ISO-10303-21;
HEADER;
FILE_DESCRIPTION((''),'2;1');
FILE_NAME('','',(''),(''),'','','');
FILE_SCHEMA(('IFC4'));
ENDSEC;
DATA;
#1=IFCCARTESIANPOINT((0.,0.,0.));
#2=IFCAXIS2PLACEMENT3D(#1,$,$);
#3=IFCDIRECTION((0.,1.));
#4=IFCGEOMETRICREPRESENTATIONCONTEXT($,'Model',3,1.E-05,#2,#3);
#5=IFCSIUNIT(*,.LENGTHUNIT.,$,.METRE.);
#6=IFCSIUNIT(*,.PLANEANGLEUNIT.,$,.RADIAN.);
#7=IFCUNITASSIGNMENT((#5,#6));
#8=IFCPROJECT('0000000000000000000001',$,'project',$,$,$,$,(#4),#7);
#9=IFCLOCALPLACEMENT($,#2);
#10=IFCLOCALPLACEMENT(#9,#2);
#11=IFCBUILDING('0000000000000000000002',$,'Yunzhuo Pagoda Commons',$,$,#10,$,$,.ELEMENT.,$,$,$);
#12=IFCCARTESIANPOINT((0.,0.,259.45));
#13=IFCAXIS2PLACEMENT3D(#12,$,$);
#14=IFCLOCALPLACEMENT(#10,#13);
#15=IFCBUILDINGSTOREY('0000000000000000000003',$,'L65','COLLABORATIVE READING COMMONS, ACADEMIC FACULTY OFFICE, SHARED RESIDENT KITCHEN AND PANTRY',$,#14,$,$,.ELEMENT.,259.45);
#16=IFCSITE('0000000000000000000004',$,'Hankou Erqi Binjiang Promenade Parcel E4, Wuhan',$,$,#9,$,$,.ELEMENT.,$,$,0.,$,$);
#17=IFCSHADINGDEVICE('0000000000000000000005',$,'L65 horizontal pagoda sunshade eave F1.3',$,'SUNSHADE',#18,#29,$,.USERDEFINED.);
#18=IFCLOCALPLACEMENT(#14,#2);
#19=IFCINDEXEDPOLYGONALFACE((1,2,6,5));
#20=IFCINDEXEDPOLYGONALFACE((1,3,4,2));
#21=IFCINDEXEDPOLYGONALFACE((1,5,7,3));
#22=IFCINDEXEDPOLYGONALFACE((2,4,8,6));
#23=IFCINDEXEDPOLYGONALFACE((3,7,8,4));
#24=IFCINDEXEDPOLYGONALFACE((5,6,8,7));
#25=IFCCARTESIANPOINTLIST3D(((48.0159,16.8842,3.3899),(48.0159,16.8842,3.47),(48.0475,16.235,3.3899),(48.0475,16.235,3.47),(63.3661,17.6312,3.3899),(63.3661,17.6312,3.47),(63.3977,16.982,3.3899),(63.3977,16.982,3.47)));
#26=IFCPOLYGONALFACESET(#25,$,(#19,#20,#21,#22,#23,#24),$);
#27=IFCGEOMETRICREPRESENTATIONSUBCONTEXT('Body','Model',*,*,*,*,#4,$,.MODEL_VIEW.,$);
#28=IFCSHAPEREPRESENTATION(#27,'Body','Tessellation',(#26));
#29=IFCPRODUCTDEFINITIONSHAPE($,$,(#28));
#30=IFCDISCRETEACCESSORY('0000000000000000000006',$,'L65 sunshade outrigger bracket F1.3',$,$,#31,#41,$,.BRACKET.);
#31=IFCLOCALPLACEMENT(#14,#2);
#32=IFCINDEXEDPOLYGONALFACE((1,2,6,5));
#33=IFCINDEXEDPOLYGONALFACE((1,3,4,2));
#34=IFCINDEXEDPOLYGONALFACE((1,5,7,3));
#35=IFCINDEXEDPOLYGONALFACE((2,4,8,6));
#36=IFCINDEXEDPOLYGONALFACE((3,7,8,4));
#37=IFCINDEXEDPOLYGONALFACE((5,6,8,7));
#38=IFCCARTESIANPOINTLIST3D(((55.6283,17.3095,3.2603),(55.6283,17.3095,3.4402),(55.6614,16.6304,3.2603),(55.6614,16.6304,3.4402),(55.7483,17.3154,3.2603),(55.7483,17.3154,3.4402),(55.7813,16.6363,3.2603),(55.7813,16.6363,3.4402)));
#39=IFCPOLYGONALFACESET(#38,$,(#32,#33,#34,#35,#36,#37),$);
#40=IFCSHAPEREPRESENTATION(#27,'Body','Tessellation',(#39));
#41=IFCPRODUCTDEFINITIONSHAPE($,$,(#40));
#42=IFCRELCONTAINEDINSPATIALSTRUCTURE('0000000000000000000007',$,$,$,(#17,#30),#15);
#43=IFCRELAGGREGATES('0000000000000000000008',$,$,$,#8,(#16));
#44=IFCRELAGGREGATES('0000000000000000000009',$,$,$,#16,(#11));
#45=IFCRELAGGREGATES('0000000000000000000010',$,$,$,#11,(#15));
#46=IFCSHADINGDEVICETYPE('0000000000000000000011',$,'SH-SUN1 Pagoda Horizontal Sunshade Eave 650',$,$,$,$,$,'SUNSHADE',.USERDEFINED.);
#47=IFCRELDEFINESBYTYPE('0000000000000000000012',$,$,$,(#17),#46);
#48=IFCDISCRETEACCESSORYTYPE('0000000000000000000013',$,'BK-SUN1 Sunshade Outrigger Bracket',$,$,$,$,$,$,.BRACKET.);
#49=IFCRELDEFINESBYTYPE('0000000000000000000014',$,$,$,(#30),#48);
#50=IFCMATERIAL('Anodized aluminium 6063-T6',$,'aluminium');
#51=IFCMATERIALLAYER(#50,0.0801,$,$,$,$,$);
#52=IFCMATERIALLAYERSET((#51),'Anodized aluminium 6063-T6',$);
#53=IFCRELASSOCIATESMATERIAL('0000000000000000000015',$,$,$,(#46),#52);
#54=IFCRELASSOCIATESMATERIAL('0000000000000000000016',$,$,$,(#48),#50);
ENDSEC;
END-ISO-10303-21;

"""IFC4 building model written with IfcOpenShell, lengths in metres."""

from ifc_helpers import new_model, si_unit, direction, frame, origin, origin_2d, place, context, subcontext, project, spatial, rectangle, extrude, source, transform, mapped, material, layer, layer_set, type_object, element, save


model = new_model("IFC4")

# Units and contexts
model_context = context("Model", 3, precision=1e-05, world=origin(), true_north=direction((0.0, 1.0)))
body_context = subcontext(model_context, "Body", "Model", "MODEL_VIEW")
ifc_project = project(units=[si_unit("LENGTHUNIT", "METRE"), si_unit("PLANEANGLEUNIT", "RADIAN")], contexts=[model_context])

# Site, building, storey
site_placement = place(None, origin())
site = spatial("IfcSite", under=ifc_project, at=site_placement, Name="Hankou Erqi Binjiang Promenade Parcel E4, Wuhan", CompositionType="ELEMENT", RefElevation=0.0)
building_placement = place(site_placement, origin())
building = spatial("IfcBuilding", under=site, at=building_placement, Name="Yunzhuo Pagoda Commons", CompositionType="ELEMENT")
storey_placement = place(building_placement, frame((0.0, 0.0, 259.45)))
storey = spatial("IfcBuildingStorey", under=building, at=storey_placement, Name="L65", Description="COLLABORATIVE READING COMMONS, ACADEMIC FACULTY OFFICE, SHARED RESIDENT KITCHEN AND PANTRY", CompositionType="ELEMENT", Elevation=259.45)

# Shared definitions
ifc_material_1 = material(Name="Anodized aluminium 6063-T6", Category="aluminium")

# Shading device
ifc_layer_1 = layer(ifc_material_1, 0.0801)
ifc_layer_set_1 = layer_set([ifc_layer_1], Name="Anodized aluminium 6063-T6")
shading_device_type = type_object("IfcShadingDeviceType", Name="SH-SUN1 Pagoda Horizontal Sunshade Eave 650", ElementType="SUNSHADE", PredefinedType="USERDEFINED", material=ifc_layer_set_1)
shared_shape_1 = source(origin(), body_context, "Body", "SweptSolid", [
    extrude(rectangle(XDim=15.3684, YDim=0.6499, at=origin_2d()), origin(), (0.0, 0.0, 1.0), 0.0801),
])
shading_device_placement = place(storey_placement, frame((55.7068, 16.9331, 3.3899), z_axis=(0.0, 0.0, 1.0), x_axis=(0.998818, 0.048606, 0.0)))
element("IfcShadingDevice", 1, at=shading_device_placement, inside=storey, type_object=shading_device_type, Name="L65 horizontal pagoda sunshade eave F1.3", ObjectType="SUNSHADE", PredefinedType="USERDEFINED", context=body_context, shape_type="MappedRepresentation", body=[
    mapped(shared_shape_1, transform((0.0, 0.0, 0.0), scale=1.0)),
])

# Discrete accessory
discrete_accessory_type = type_object("IfcDiscreteAccessoryType", Name="BK-SUN1 Sunshade Outrigger Bracket", PredefinedType="BRACKET", material=ifc_material_1)
shared_shape_2 = source(origin(), body_context, "Body", "SweptSolid", [
    extrude(rectangle(XDim=0.1201, YDim=0.6799, at=origin_2d()), origin(), (0.0, 0.0, 1.0), 0.1799),
])
discrete_accessory_placement = place(storey_placement, frame((55.7048, 16.9729, 3.2603), z_axis=(0.0, 0.0, 1.0), x_axis=(0.998818, 0.048606, 0.0)))
element("IfcDiscreteAccessory", 2, at=discrete_accessory_placement, inside=storey, type_object=discrete_accessory_type, Name="L65 sunshade outrigger bracket F1.3", PredefinedType="BRACKET", context=body_context, shape_type="MappedRepresentation", body=[
    mapped(shared_shape_2, transform((0.0, 0.0, 0.0), scale=1.0)),
])

save(model, "model.ifc")
